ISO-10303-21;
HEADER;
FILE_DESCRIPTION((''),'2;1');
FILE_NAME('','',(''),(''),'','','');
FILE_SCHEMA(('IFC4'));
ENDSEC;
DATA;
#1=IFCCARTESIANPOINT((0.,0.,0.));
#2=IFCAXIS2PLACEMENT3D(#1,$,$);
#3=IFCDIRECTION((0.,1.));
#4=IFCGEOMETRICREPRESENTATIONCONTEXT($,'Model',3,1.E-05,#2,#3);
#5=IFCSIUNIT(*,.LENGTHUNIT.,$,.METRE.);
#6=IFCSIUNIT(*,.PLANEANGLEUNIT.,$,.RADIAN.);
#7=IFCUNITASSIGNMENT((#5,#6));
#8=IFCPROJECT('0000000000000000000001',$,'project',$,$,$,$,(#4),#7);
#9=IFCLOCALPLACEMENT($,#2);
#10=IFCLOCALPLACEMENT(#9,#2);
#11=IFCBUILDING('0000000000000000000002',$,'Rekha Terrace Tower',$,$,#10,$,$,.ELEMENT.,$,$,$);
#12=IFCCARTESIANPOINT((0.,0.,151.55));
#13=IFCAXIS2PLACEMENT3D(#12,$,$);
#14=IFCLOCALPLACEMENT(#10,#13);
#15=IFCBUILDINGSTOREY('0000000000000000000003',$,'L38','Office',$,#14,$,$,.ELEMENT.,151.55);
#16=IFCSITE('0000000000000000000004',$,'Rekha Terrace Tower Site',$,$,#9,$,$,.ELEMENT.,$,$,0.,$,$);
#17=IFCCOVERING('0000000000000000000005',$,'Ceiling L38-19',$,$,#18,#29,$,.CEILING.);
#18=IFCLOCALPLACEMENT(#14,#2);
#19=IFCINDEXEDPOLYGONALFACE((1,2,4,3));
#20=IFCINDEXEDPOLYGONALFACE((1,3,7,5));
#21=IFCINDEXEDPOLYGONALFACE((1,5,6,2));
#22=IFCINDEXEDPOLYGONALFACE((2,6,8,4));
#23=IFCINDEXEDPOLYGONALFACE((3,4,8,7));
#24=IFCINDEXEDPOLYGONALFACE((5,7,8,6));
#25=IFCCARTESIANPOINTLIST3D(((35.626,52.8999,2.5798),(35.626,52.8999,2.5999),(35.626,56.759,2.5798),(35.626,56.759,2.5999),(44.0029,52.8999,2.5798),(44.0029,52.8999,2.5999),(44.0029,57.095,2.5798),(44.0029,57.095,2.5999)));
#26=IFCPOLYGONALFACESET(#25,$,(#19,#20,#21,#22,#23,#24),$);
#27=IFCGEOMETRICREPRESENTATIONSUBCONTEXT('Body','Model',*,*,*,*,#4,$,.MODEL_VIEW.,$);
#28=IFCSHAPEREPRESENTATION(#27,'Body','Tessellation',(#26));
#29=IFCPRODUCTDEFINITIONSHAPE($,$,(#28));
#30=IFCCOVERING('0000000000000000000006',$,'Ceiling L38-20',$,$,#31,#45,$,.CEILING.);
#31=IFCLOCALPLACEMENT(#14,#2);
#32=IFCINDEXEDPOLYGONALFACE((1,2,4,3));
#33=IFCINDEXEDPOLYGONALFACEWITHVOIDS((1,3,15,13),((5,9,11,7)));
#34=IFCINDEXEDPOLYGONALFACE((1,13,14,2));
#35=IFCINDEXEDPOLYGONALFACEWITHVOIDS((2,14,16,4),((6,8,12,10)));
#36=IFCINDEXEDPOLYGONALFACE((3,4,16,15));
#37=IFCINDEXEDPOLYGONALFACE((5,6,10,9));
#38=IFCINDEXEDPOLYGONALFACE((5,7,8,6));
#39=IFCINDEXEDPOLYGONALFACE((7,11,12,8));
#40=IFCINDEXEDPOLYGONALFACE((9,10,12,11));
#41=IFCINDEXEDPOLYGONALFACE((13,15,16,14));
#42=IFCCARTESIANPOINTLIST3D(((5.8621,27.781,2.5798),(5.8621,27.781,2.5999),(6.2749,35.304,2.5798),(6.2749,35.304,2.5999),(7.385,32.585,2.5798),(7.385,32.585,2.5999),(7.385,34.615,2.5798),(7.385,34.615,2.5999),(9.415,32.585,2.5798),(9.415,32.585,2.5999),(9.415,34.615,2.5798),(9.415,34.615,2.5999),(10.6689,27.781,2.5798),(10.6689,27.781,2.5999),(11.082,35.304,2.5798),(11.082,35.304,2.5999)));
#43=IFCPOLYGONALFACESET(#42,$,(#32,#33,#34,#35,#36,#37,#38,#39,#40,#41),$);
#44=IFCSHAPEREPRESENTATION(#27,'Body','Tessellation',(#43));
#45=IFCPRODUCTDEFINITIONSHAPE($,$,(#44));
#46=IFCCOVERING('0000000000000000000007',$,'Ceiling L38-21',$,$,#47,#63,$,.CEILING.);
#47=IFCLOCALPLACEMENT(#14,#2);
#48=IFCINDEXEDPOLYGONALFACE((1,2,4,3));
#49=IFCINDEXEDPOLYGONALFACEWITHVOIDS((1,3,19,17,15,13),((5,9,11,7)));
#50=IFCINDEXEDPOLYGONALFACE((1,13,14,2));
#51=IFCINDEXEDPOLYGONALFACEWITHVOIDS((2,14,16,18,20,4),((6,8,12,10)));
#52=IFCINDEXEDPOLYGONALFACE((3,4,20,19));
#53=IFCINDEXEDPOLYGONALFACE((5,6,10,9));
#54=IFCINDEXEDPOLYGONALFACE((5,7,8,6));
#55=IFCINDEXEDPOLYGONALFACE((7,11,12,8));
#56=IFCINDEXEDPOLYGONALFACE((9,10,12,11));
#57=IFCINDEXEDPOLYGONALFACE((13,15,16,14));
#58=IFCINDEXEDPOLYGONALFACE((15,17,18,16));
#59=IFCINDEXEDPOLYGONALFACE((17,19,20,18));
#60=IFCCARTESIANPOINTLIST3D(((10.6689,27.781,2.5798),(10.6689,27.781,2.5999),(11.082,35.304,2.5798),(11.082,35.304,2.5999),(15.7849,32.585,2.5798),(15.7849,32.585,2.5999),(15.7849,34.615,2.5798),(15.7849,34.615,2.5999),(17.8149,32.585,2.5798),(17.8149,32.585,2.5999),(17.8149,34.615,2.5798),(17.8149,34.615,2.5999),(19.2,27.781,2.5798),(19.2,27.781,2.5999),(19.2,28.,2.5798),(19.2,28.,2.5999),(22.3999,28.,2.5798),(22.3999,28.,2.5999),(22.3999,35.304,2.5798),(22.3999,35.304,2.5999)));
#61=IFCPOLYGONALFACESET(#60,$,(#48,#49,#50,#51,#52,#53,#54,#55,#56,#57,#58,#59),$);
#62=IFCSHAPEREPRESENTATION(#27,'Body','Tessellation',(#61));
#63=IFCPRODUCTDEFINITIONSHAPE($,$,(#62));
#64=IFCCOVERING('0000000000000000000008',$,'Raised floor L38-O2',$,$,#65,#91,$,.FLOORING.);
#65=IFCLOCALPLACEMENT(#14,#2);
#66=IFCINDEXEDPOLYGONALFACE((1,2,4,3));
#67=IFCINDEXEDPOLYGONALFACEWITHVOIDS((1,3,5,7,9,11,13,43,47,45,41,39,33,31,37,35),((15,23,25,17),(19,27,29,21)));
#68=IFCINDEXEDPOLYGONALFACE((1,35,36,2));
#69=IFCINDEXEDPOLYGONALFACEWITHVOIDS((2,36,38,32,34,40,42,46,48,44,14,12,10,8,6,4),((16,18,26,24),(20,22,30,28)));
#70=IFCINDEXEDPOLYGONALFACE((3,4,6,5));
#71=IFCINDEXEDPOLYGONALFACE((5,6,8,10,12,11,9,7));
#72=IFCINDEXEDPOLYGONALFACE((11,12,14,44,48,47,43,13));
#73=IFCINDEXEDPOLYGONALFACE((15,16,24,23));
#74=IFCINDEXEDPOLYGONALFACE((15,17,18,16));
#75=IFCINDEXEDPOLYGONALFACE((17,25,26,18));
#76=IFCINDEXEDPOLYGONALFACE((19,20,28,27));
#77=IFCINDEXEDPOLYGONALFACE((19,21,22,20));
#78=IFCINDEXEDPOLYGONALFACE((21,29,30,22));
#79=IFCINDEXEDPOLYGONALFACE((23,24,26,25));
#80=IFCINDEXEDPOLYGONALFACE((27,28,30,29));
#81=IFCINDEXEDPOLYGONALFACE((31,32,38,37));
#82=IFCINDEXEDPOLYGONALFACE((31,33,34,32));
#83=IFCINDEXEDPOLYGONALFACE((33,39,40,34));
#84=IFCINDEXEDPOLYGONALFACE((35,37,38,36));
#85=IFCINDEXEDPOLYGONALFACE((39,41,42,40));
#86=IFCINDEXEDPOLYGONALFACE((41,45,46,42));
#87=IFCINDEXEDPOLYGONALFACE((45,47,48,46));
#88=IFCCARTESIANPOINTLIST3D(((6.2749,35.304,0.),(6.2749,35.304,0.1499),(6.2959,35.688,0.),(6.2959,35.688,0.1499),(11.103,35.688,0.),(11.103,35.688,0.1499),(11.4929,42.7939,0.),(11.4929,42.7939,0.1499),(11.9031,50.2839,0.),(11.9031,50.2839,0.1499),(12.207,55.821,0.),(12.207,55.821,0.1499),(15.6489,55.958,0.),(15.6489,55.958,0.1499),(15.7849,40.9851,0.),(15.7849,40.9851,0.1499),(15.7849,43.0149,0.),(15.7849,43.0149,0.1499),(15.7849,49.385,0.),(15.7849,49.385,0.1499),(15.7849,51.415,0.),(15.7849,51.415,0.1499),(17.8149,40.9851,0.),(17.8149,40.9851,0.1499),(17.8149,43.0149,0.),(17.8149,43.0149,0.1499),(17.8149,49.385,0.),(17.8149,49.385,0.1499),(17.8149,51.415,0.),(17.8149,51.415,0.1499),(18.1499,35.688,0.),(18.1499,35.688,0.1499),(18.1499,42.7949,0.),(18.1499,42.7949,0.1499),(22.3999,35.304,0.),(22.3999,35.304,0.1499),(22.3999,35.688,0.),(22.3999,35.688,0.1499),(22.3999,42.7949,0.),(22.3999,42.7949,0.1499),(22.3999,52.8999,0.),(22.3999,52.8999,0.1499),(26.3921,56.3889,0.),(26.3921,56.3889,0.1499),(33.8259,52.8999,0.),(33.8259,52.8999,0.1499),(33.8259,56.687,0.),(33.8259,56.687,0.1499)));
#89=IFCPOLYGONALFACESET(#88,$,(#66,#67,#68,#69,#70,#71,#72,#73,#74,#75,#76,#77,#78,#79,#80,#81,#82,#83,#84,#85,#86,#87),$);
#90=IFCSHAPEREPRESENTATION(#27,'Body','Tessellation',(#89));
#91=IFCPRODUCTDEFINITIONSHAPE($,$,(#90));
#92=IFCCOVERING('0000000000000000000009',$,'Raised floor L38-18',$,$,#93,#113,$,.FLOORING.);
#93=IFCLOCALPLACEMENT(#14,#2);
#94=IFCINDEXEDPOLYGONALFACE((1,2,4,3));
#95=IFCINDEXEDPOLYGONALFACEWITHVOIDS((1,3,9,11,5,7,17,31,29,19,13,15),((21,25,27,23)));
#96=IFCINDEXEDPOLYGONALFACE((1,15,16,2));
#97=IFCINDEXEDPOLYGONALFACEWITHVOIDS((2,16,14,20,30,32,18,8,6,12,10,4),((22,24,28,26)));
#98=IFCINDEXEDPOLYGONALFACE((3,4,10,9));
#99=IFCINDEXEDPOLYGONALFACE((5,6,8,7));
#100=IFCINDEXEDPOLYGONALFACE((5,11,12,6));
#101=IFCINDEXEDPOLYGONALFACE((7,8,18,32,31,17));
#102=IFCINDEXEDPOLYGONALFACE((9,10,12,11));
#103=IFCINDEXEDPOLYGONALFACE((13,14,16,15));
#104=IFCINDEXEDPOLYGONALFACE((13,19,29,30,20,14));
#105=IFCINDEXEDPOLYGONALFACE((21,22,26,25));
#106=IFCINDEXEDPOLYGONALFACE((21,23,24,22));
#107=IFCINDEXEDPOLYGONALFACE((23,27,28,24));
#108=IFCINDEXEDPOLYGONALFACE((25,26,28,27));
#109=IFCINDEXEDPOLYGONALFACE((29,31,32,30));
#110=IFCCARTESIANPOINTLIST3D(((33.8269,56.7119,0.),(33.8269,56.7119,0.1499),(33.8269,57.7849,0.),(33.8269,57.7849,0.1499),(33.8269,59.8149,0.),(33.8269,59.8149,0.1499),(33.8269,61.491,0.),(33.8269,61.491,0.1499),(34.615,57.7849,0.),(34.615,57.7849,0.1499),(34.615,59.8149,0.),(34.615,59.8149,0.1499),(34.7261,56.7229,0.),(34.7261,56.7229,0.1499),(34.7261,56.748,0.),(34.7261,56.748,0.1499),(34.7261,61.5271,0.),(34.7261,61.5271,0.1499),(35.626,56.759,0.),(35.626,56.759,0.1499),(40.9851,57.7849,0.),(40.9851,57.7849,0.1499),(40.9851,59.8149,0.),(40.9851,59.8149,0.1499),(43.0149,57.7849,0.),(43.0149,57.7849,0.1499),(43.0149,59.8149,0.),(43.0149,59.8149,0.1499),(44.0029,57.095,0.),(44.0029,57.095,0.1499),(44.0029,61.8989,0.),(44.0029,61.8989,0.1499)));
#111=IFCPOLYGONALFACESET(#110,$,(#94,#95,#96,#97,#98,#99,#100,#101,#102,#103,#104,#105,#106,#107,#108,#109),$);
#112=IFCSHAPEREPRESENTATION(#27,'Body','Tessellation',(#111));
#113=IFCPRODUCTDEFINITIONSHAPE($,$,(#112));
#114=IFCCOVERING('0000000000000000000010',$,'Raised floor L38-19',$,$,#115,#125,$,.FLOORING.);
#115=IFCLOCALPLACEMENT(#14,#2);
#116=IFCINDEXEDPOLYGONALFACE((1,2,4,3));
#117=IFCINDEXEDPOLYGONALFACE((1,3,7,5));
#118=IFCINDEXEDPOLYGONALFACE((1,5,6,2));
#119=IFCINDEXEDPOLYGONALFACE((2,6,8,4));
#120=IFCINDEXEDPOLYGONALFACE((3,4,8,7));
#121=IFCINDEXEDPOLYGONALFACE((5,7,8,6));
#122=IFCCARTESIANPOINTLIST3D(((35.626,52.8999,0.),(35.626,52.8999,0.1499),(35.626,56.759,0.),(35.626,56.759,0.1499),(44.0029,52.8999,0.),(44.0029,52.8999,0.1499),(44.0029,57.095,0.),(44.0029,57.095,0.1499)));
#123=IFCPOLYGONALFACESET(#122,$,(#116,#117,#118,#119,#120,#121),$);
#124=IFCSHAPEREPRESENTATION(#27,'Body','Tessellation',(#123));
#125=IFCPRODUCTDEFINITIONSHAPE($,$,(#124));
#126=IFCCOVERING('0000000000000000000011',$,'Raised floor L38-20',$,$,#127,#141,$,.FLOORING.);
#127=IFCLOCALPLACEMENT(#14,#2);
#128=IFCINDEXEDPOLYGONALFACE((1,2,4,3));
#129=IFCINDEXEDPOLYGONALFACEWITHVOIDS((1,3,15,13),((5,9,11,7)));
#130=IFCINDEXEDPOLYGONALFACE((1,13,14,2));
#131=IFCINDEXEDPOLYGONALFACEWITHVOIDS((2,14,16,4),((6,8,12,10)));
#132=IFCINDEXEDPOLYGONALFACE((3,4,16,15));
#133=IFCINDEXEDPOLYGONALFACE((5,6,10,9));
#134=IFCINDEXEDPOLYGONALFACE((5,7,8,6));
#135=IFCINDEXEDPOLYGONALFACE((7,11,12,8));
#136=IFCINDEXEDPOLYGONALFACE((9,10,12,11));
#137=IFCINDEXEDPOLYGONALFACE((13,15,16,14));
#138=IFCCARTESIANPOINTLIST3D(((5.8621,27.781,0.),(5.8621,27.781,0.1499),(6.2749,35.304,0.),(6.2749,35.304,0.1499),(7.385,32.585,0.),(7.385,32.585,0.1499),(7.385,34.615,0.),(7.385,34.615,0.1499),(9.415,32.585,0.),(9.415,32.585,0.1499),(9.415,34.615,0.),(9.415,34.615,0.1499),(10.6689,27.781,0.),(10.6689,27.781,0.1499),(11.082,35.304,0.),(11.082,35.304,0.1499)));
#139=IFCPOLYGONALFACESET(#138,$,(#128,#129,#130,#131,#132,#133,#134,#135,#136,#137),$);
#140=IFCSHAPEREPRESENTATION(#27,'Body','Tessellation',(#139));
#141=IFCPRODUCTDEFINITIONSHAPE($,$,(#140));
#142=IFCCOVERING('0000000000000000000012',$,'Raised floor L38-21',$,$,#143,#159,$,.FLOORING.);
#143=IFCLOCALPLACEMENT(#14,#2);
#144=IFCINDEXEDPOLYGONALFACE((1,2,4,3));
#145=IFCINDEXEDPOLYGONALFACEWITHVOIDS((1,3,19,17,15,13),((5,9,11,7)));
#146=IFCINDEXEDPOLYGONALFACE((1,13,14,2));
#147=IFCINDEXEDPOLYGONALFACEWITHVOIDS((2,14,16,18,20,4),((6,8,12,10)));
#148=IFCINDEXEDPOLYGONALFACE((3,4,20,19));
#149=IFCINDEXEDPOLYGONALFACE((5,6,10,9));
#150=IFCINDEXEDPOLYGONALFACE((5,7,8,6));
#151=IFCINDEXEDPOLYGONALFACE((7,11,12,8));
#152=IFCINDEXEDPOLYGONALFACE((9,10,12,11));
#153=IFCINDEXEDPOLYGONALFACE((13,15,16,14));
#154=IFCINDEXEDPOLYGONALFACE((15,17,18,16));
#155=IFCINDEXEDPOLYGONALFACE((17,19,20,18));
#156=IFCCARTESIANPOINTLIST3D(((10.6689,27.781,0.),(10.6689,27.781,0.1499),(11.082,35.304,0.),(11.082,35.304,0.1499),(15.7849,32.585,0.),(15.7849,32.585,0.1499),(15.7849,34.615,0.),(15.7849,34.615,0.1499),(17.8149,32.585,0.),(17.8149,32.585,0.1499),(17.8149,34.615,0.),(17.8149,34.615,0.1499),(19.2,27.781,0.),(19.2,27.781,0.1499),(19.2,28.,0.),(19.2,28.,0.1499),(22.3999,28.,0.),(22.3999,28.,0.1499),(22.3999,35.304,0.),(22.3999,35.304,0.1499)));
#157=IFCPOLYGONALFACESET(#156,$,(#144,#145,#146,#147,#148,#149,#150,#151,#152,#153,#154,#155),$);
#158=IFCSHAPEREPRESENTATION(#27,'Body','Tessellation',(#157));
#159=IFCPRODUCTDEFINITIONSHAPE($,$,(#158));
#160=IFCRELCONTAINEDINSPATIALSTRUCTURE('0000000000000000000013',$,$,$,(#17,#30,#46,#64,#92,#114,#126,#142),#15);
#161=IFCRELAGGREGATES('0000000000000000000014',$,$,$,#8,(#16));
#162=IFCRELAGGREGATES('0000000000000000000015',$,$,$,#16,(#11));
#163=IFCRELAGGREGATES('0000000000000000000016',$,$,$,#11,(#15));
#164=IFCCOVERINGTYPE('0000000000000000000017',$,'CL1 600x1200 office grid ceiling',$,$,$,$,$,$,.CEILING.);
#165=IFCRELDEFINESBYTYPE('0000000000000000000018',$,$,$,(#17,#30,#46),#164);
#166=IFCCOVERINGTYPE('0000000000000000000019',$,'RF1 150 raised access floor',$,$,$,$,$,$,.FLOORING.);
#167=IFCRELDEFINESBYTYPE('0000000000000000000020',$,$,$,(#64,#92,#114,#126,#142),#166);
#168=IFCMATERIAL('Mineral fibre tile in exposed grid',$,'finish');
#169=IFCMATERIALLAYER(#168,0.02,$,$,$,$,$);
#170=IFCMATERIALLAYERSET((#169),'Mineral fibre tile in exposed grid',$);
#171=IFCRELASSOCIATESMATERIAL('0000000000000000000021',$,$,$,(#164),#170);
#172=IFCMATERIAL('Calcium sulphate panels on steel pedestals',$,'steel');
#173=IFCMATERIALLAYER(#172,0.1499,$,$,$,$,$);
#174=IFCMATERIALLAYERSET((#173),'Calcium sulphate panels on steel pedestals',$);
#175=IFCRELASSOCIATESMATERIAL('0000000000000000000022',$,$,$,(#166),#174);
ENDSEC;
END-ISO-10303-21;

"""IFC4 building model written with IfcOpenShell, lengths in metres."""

from ifc_helpers import new_model, si_unit, direction, frame, origin, place, context, subcontext, project, spatial, polyline, outline, extrude, material, layer, layer_set, type_object, element, save


model = new_model("IFC4")

# Units and contexts
model_context = context("Model", 3, precision=1e-05, world=origin(), true_north=direction((0.0, 1.0)))
body_context = subcontext(model_context, "Body", "Model", "MODEL_VIEW")
ifc_project = project(units=[si_unit("LENGTHUNIT", "METRE"), si_unit("PLANEANGLEUNIT", "RADIAN")], contexts=[model_context])

# Site, building, storey
site_placement = place(None, origin())
site = spatial("IfcSite", under=ifc_project, at=site_placement, Name="Rekha Terrace Tower Site", CompositionType="ELEMENT", RefElevation=0.0)
building_placement = place(site_placement, origin())
building = spatial("IfcBuilding", under=site, at=building_placement, Name="Rekha Terrace Tower", CompositionType="ELEMENT")
storey_placement = place(building_placement, frame((0.0, 0.0, 151.55)))
storey = spatial("IfcBuildingStorey", under=building, at=storey_placement, Name="L38", Description="Office", CompositionType="ELEMENT", Elevation=151.55)

# Coverings
ifc_material_1 = material(Name="Mineral fibre tile in exposed grid", Category="finish")
ifc_layer_1 = layer(ifc_material_1, 0.02)
ifc_layer_set_1 = layer_set([ifc_layer_1], Name="Mineral fibre tile in exposed grid")
covering_type_1 = type_object("IfcCoveringType", Name="CL1 600x1200 office grid ceiling", PredefinedType="CEILING", material=ifc_layer_set_1)
covering_1_placement = place(storey_placement, frame((0.0, 0.0, 2.5798)))
element("IfcCovering", 1, at=covering_1_placement, inside=storey, type_object=covering_type_1, Name="Ceiling L38-19", PredefinedType="CEILING", context=body_context, shape_type="SweptSolid", body=[
    extrude(outline(polyline([(44.0029, 57.095), (35.626, 56.759), (35.626, 52.8999), (44.0029, 52.8999), (44.0029, 57.095)])), origin(), (0.0, 0.0, 1.0), 0.02),
])
covering_2_placement = place(storey_placement, frame((0.0, 0.0, 2.5798)))
element("IfcCovering", 2, at=covering_2_placement, inside=storey, type_object=covering_type_1, Name="Ceiling L38-20", PredefinedType="CEILING", context=body_context, shape_type="SweptSolid", body=[
    extrude(outline(polyline([(10.6689, 27.781), (11.082, 35.304), (6.2749, 35.304), (5.8621, 27.781), (10.6689, 27.781)]), holes=[polyline([(9.415, 32.585), (7.385, 32.585), (7.385, 34.615), (9.415, 34.615), (9.415, 32.585)])]), origin(), (0.0, 0.0, 1.0), 0.02),
])
covering_3_placement = place(storey_placement, frame((0.0, 0.0, 2.5798)))
element("IfcCovering", 3, at=covering_3_placement, inside=storey, type_object=covering_type_1, Name="Ceiling L38-21", PredefinedType="CEILING", context=body_context, shape_type="SweptSolid", body=[
    extrude(outline(polyline([(22.3999, 28.0), (22.3999, 35.304), (11.082, 35.304), (10.6689, 27.781), (19.2, 27.781), (19.2, 28.0), (22.3999, 28.0)]), holes=[polyline([(17.8149, 34.615), (17.8149, 32.585), (15.7849, 32.585), (15.7849, 34.615), (17.8149, 34.615)])]), origin(), (0.0, 0.0, 1.0), 0.02),
])
ifc_material_2 = material(Name="Calcium sulphate panels on steel pedestals", Category="steel")
ifc_layer_2 = layer(ifc_material_2, 0.1499)
ifc_layer_set_2 = layer_set([ifc_layer_2], Name="Calcium sulphate panels on steel pedestals")
covering_type_2 = type_object("IfcCoveringType", Name="RF1 150 raised access floor", PredefinedType="FLOORING", material=ifc_layer_set_2)
covering_4_placement = place(storey_placement, origin())
element("IfcCovering", 4, at=covering_4_placement, inside=storey, type_object=covering_type_2, Name="Raised floor L38-O2", PredefinedType="FLOORING", context=body_context, shape_type="SweptSolid", body=[
    extrude(outline(polyline([(11.9031, 50.2839), (11.4929, 42.7939), (11.103, 35.688), (6.2959, 35.688), (6.2749, 35.304), (22.3999, 35.304), (22.3999, 35.688), (18.1499, 35.688), (18.1499, 42.7949), (22.3999, 42.7949), (22.3999, 52.8999), (33.8259, 52.8999), (33.8259, 56.687), (26.3921, 56.3889), (15.6489, 55.958), (12.207, 55.821), (11.9031, 50.2839)]), holes=[polyline([(17.8149, 40.9851), (15.7849, 40.9851), (15.7849, 43.0149), (17.8149, 43.0149), (17.8149, 40.9851)]), polyline([(17.8149, 49.385), (15.7849, 49.385), (15.7849, 51.415), (17.8149, 51.415), (17.8149, 49.385)])]), origin(), (0.0, 0.0, 1.0), 0.1499),
])
covering_5_placement = place(storey_placement, origin())
element("IfcCovering", 5, at=covering_5_placement, inside=storey, type_object=covering_type_2, Name="Raised floor L38-18", PredefinedType="FLOORING", context=body_context, shape_type="SweptSolid", body=[
    extrude(outline(polyline([(33.8269, 56.7119), (34.7261, 56.748), (34.7261, 56.7229), (35.626, 56.759), (44.0029, 57.095), (44.0029, 61.8989), (34.7261, 61.5271), (33.8269, 61.491), (33.8269, 59.8149), (34.615, 59.8149), (34.615, 57.7849), (33.8269, 57.7849), (33.8269, 56.7119)]), holes=[polyline([(43.0149, 57.7849), (40.9851, 57.7849), (40.9851, 59.8149), (43.0149, 59.8149), (43.0149, 57.7849)])]), origin(), (0.0, 0.0, 1.0), 0.1499),
])
covering_6_placement = place(storey_placement, origin())
element("IfcCovering", 6, at=covering_6_placement, inside=storey, type_object=covering_type_2, Name="Raised floor L38-19", PredefinedType="FLOORING", context=body_context, shape_type="SweptSolid", body=[
    extrude(outline(polyline([(44.0029, 57.095), (35.626, 56.759), (35.626, 52.8999), (44.0029, 52.8999), (44.0029, 57.095)])), origin(), (0.0, 0.0, 1.0), 0.1499),
])
covering_7_placement = place(storey_placement, origin())
element("IfcCovering", 7, at=covering_7_placement, inside=storey, type_object=covering_type_2, Name="Raised floor L38-20", PredefinedType="FLOORING", context=body_context, shape_type="SweptSolid", body=[
    extrude(outline(polyline([(10.6689, 27.781), (11.082, 35.304), (6.2749, 35.304), (5.8621, 27.781), (10.6689, 27.781)]), holes=[polyline([(9.415, 32.585), (7.385, 32.585), (7.385, 34.615), (9.415, 34.615), (9.415, 32.585)])]), origin(), (0.0, 0.0, 1.0), 0.1499),
])
covering_8_placement = place(storey_placement, origin())
element("IfcCovering", 8, at=covering_8_placement, inside=storey, type_object=covering_type_2, Name="Raised floor L38-21", PredefinedType="FLOORING", context=body_context, shape_type="SweptSolid", body=[
    extrude(outline(polyline([(22.3999, 28.0), (22.3999, 35.304), (11.082, 35.304), (10.6689, 27.781), (19.2, 27.781), (19.2, 28.0), (22.3999, 28.0)]), holes=[polyline([(17.8149, 34.615), (17.8149, 32.585), (15.7849, 32.585), (15.7849, 34.615), (17.8149, 34.615)])]), origin(), (0.0, 0.0, 1.0), 0.1499),
])

save(model, "model.ifc")
